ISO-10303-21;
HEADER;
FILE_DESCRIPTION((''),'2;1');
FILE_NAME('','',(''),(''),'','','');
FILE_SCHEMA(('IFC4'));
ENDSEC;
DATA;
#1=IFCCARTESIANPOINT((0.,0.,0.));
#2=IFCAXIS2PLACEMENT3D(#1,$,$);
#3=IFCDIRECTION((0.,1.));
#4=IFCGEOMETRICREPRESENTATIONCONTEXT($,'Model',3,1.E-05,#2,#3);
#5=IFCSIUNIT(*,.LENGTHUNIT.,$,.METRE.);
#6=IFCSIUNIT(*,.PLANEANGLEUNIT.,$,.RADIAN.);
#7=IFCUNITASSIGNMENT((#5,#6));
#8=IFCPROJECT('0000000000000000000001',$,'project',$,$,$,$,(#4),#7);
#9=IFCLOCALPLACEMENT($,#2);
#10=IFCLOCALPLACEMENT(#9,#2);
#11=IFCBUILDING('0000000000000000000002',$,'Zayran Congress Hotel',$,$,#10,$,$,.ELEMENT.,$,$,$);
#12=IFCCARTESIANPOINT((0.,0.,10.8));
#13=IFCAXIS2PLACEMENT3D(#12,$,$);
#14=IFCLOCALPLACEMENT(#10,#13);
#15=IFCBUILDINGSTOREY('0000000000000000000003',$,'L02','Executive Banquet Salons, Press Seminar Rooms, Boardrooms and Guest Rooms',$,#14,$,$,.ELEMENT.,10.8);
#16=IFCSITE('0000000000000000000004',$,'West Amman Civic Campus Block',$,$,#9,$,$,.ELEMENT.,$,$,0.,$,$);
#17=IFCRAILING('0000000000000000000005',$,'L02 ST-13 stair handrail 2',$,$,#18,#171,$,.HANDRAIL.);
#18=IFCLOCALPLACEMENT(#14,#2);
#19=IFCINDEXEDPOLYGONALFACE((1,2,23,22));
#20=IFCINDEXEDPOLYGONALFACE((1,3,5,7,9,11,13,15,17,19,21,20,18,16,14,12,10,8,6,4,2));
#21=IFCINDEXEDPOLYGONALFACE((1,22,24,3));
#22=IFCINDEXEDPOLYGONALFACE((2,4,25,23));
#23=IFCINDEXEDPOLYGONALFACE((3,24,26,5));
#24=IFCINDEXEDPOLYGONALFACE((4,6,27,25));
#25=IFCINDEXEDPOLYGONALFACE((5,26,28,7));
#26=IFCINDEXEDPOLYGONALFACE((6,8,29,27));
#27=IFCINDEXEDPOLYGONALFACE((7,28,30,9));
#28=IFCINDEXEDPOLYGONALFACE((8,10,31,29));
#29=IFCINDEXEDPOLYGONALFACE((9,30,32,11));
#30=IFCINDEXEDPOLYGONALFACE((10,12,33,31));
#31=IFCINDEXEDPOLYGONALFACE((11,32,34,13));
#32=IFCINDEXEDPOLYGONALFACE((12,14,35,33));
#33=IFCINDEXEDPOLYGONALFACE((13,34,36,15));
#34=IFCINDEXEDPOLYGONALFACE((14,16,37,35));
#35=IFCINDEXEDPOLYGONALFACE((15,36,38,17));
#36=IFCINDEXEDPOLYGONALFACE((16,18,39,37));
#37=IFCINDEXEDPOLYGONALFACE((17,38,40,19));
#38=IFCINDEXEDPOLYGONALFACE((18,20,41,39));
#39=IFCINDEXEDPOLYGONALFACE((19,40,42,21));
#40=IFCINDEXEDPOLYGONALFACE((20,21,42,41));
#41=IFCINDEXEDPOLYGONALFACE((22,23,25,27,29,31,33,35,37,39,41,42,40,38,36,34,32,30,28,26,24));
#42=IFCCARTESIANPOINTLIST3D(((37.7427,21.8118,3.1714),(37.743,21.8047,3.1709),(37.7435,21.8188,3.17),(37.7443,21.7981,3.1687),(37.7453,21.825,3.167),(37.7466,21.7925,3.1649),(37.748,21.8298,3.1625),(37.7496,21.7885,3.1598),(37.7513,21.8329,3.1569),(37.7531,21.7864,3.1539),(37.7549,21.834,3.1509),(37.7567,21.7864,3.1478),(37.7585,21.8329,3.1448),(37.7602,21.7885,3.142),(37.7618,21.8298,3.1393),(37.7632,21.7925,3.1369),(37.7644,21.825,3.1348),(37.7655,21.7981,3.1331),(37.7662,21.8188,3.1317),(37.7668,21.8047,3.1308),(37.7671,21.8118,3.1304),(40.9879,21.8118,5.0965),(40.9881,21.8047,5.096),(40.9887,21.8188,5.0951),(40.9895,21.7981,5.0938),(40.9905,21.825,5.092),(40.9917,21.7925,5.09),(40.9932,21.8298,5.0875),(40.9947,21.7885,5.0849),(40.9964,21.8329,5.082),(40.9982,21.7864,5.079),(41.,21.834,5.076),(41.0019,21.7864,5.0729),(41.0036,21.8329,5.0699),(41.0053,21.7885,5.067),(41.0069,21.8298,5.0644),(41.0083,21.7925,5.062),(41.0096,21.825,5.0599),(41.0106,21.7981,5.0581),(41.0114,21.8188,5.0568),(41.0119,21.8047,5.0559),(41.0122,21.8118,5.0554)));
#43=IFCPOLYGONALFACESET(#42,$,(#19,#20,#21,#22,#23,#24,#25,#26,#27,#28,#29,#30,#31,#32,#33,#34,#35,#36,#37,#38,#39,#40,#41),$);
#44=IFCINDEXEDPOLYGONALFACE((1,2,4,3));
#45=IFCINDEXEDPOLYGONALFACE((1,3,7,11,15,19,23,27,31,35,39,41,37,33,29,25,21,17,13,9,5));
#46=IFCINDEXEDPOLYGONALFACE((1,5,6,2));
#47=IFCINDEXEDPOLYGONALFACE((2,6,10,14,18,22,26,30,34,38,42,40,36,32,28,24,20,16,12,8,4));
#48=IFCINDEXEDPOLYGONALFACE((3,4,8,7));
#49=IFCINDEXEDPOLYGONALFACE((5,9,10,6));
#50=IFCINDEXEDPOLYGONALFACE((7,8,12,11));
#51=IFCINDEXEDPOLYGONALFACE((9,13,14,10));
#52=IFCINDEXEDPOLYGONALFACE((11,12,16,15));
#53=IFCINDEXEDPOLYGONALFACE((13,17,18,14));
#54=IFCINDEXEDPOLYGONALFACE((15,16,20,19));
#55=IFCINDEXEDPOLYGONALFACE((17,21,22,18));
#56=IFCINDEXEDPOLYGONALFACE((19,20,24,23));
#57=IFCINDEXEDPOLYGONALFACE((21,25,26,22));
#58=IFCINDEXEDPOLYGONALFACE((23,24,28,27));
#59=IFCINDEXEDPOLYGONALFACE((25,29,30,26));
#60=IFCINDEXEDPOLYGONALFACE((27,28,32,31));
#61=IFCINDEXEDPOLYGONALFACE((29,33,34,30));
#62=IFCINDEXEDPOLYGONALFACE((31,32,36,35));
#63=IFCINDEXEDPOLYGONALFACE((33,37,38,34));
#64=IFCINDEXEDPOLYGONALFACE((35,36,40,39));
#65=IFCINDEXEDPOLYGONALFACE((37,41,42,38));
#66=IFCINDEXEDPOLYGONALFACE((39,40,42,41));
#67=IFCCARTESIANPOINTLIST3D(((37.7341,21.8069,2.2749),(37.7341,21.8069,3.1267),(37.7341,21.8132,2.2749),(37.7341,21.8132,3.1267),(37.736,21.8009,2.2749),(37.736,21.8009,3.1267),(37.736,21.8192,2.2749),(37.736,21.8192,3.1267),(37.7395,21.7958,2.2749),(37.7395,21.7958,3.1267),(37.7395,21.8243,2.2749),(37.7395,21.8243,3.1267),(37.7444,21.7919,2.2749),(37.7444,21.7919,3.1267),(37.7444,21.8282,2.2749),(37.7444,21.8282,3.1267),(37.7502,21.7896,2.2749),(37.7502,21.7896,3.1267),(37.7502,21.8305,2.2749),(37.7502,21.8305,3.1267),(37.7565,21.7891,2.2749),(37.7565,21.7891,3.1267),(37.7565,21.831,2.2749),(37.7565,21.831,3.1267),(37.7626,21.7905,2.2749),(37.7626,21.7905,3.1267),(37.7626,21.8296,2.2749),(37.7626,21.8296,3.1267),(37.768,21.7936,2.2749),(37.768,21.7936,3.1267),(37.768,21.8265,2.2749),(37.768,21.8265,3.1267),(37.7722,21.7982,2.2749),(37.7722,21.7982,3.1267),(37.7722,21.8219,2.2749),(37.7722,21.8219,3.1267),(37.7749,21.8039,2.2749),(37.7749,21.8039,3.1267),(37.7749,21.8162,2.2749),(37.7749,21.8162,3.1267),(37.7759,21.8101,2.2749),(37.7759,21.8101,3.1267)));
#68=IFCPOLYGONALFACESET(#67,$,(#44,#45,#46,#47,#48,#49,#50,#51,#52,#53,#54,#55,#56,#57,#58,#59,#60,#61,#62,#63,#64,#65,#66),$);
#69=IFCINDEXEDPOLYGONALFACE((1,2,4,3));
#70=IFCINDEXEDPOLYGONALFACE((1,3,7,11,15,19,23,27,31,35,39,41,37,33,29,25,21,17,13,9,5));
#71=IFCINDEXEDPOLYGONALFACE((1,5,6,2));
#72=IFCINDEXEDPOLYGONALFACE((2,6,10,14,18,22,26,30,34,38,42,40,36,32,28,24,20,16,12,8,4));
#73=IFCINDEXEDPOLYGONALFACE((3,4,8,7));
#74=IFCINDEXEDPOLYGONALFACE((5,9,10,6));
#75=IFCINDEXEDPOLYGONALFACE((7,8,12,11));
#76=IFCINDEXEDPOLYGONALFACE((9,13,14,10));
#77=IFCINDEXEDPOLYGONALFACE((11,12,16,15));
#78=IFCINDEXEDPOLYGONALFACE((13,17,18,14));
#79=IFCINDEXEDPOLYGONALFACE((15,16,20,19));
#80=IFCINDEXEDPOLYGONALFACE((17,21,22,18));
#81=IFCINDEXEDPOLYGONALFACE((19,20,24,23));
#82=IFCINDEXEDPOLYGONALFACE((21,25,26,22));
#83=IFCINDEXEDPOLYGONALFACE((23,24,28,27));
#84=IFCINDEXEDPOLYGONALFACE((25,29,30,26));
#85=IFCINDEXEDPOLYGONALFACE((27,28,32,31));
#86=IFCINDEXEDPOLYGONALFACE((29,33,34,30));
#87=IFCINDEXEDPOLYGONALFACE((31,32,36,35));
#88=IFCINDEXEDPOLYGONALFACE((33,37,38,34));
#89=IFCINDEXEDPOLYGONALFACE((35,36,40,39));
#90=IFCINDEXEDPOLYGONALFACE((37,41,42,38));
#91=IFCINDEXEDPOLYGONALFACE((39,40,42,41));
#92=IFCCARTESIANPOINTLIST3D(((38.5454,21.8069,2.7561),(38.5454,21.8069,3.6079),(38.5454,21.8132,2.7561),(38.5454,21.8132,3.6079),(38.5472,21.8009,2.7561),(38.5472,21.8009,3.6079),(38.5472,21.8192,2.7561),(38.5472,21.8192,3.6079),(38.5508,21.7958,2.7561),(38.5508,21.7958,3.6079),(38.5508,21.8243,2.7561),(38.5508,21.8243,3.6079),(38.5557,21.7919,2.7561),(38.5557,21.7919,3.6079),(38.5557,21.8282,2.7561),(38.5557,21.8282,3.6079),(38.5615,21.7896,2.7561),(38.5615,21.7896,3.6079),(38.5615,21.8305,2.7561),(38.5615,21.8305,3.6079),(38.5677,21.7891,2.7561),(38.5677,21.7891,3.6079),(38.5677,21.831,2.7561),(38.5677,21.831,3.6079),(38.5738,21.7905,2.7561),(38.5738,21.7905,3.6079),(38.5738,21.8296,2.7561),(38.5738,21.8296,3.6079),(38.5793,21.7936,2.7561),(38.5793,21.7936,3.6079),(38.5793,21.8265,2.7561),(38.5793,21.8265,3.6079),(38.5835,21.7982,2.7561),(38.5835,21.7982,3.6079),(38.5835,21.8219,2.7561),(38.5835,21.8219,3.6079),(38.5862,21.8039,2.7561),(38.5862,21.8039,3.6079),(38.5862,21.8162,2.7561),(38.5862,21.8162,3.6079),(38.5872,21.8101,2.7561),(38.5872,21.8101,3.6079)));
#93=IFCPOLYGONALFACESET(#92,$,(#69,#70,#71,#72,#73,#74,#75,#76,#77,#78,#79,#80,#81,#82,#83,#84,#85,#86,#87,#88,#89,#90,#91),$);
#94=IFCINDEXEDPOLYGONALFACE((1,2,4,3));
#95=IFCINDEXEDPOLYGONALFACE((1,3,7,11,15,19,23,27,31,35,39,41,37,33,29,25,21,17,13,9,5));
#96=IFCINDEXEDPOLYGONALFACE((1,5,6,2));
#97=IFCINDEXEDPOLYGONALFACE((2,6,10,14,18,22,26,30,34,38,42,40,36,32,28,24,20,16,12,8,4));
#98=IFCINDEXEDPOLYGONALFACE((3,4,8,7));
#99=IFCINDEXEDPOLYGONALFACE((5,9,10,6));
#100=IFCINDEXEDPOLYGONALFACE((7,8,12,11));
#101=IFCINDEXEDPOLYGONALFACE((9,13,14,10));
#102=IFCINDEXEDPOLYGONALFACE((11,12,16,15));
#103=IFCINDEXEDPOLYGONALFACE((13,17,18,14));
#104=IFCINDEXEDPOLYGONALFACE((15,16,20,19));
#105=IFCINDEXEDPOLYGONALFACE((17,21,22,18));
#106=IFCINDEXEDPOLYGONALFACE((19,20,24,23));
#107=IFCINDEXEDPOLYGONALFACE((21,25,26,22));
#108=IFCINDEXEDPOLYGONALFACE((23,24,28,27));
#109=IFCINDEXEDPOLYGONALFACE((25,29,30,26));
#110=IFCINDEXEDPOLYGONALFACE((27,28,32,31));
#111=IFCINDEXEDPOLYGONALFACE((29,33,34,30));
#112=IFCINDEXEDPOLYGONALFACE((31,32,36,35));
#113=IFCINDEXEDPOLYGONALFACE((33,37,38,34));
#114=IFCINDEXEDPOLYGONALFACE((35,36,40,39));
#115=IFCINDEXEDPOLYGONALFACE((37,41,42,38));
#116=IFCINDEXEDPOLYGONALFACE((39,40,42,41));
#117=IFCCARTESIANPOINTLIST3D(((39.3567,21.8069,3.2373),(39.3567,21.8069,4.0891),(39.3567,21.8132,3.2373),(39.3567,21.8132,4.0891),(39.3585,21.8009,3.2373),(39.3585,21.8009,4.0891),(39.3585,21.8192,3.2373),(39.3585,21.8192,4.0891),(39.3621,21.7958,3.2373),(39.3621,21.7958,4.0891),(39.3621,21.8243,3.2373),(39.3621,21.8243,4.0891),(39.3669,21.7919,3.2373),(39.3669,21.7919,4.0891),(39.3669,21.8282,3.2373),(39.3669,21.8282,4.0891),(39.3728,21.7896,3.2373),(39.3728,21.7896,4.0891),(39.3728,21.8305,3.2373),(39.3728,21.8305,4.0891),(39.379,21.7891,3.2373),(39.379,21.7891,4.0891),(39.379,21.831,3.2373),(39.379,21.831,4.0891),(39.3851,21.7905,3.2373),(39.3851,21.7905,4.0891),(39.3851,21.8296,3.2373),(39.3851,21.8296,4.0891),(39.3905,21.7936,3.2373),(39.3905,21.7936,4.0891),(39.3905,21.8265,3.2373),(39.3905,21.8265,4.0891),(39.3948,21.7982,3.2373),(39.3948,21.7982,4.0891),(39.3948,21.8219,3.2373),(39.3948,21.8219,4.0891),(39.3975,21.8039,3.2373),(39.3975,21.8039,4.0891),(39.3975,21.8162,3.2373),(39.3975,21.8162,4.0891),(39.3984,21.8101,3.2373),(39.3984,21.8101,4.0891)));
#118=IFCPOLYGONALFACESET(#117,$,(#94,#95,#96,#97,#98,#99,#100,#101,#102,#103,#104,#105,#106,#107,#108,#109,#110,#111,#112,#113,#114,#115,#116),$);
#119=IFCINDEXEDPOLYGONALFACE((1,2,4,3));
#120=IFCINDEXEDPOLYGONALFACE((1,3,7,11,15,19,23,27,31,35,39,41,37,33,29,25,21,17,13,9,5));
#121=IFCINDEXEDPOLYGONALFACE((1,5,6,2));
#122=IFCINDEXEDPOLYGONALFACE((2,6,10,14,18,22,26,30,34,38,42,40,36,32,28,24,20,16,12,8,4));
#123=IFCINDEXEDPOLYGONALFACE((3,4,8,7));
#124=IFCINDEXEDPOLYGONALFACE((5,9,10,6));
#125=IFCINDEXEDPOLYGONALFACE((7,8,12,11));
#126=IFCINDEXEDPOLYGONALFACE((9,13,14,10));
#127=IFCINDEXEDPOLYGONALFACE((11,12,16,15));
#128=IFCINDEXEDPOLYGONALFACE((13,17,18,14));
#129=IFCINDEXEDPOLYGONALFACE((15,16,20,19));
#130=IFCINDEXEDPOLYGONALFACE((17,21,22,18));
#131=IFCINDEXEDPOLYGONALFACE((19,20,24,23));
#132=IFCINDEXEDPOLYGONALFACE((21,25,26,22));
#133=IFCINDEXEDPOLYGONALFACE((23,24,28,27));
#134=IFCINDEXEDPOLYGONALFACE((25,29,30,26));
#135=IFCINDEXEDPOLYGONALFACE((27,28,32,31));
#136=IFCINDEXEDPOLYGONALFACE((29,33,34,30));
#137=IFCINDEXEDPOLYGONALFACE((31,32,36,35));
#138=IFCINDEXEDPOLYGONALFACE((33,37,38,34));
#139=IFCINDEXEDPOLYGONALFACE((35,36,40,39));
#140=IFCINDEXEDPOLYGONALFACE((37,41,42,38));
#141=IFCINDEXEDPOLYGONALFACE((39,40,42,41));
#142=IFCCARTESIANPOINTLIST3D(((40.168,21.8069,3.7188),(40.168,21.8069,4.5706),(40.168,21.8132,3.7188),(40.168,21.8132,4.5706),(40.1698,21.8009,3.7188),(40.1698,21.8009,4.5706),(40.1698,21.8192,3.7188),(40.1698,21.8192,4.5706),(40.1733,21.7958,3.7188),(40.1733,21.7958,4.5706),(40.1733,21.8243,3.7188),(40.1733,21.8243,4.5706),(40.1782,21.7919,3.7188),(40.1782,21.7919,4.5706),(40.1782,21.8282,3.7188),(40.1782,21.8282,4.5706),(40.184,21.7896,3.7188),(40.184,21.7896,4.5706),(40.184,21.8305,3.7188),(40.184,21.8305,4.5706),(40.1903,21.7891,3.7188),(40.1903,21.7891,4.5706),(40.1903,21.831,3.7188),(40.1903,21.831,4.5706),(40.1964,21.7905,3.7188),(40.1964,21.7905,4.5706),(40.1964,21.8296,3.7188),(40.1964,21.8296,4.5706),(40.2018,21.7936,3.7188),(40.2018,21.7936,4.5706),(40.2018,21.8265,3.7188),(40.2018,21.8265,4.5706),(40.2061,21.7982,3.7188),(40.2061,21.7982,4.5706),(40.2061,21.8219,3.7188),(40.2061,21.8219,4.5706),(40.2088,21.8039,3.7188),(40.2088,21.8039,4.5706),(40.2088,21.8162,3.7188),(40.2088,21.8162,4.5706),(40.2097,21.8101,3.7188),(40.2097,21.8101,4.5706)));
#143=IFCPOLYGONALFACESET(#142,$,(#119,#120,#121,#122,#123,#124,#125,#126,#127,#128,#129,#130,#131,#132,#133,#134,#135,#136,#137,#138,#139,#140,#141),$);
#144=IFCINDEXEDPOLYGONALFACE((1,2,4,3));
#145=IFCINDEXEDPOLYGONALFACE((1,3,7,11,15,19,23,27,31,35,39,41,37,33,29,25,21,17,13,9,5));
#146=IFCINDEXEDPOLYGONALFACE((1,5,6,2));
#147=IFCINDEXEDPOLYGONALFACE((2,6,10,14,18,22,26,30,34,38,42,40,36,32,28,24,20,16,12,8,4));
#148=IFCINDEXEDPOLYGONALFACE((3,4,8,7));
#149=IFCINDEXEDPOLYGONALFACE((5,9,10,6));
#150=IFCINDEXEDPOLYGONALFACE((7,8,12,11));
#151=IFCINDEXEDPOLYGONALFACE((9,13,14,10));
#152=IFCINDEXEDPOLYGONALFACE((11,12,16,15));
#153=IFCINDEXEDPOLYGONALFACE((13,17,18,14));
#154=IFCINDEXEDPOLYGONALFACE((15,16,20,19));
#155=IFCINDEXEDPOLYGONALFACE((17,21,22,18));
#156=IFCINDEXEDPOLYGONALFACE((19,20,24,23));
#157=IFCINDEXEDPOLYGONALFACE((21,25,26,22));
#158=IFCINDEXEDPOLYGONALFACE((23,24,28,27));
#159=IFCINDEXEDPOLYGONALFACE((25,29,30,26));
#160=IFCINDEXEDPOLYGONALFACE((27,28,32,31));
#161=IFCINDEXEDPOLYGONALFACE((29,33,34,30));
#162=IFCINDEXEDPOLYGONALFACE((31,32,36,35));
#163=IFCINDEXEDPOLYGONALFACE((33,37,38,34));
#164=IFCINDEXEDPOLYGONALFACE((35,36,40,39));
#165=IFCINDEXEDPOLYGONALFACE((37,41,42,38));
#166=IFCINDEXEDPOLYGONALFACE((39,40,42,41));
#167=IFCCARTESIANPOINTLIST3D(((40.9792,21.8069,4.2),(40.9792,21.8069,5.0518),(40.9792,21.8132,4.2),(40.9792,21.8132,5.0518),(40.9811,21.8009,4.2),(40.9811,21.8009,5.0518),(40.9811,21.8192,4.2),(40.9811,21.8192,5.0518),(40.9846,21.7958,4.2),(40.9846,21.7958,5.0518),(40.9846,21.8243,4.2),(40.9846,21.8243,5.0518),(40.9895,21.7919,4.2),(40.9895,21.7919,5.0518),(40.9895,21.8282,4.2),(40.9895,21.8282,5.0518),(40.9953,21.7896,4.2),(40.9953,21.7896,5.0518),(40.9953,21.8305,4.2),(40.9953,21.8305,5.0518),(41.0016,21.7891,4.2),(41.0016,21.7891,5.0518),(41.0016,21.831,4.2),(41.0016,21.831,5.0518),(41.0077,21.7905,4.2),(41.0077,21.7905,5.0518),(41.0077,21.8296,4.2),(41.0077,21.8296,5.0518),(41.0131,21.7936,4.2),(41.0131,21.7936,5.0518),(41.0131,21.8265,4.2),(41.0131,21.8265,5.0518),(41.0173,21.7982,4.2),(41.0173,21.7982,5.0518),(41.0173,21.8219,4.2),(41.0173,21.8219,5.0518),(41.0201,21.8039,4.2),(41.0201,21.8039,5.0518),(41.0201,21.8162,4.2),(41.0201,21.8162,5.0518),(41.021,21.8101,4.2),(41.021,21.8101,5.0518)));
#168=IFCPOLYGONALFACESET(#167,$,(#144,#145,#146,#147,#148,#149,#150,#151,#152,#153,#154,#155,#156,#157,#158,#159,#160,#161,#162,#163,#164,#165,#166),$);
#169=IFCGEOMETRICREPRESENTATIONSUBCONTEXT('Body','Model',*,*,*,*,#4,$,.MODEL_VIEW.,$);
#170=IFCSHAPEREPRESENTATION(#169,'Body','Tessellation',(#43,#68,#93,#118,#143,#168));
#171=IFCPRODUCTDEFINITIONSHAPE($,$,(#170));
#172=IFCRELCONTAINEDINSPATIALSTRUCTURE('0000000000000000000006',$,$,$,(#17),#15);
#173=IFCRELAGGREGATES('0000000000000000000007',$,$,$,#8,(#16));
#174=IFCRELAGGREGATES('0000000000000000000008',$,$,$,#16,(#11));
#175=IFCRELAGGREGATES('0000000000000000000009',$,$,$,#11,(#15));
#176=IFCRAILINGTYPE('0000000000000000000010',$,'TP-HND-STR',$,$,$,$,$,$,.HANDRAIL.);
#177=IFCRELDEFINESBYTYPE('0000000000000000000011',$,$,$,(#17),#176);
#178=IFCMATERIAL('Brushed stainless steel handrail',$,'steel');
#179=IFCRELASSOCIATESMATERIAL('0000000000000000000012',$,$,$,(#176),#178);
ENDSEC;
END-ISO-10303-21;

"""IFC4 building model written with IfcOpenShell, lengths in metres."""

from ifc_helpers import new_model, si_unit, direction, frame, origin, origin_2d, place, context, subcontext, project, spatial, circle, extrude, material, type_object, element, save


model = new_model("IFC4")

# Units and contexts
model_context = context("Model", 3, precision=1e-05, world=origin(), true_north=direction((0.0, 1.0)))
body_context = subcontext(model_context, "Body", "Model", "MODEL_VIEW")
ifc_project = project(units=[si_unit("LENGTHUNIT", "METRE"), si_unit("PLANEANGLEUNIT", "RADIAN")], contexts=[model_context])

# Site, building, storey
site_placement = place(None, origin())
site = spatial("IfcSite", under=ifc_project, at=site_placement, Name="West Amman Civic Campus Block", CompositionType="ELEMENT", RefElevation=0.0)
building_placement = place(site_placement, origin())
building = spatial("IfcBuilding", under=site, at=building_placement, Name="Zayran Congress Hotel", CompositionType="ELEMENT")
storey_placement = place(building_placement, frame((0.0, 0.0, 10.8)))
storey = spatial("IfcBuildingStorey", under=building, at=storey_placement, Name="L02", Description="Executive Banquet Salons, Press Seminar Rooms, Boardrooms and Guest Rooms", CompositionType="ELEMENT", Elevation=10.8)

# Railing
ifc_material_1 = material(Name="Brushed stainless steel handrail", Category="steel")
railing_type_1 = type_object("IfcRailingType", Name="TP-HND-STR", PredefinedType="HANDRAIL", material=ifc_material_1)
railing_1_placement = place(storey_placement, frame((37.7549, 21.8101, 2.2749)))
element("IfcRailing", 1, at=railing_1_placement, inside=storey, type_object=railing_type_1, Name="L02 ST-13 stair handrail 2", PredefinedType="HANDRAIL", context=body_context, shape_type="SweptSolid", body=[
    extrude(circle(Radius=0.0239, at=origin_2d()), frame((0.0, 0.0, 0.876), z_axis=(0.860057, 0.0, 0.510198), x_axis=(0.0, 1.0, 0.0)), (0.0, 0.0, 1.0), 3.7732),
    extrude(circle(Radius=0.021, at=origin_2d()), origin(), (0.0, 0.0, 1.0), 0.8518),
    extrude(circle(Radius=0.021, at=origin_2d()), frame((0.8113, 0.0, 0.4812)), (0.0, 0.0, 1.0), 0.8518),
    extrude(circle(Radius=0.021, at=origin_2d()), frame((1.6226, 0.0, 0.9624)), (0.0, 0.0, 1.0), 0.8518),
    extrude(circle(Radius=0.021, at=origin_2d()), frame((2.4338, 0.0, 1.4438)), (0.0, 0.0, 1.0), 0.8518),
    extrude(circle(Radius=0.021, at=origin_2d()), frame((3.2451, 0.0, 1.925)), (0.0, 0.0, 1.0), 0.8518),
])

save(model, "model.ifc")
